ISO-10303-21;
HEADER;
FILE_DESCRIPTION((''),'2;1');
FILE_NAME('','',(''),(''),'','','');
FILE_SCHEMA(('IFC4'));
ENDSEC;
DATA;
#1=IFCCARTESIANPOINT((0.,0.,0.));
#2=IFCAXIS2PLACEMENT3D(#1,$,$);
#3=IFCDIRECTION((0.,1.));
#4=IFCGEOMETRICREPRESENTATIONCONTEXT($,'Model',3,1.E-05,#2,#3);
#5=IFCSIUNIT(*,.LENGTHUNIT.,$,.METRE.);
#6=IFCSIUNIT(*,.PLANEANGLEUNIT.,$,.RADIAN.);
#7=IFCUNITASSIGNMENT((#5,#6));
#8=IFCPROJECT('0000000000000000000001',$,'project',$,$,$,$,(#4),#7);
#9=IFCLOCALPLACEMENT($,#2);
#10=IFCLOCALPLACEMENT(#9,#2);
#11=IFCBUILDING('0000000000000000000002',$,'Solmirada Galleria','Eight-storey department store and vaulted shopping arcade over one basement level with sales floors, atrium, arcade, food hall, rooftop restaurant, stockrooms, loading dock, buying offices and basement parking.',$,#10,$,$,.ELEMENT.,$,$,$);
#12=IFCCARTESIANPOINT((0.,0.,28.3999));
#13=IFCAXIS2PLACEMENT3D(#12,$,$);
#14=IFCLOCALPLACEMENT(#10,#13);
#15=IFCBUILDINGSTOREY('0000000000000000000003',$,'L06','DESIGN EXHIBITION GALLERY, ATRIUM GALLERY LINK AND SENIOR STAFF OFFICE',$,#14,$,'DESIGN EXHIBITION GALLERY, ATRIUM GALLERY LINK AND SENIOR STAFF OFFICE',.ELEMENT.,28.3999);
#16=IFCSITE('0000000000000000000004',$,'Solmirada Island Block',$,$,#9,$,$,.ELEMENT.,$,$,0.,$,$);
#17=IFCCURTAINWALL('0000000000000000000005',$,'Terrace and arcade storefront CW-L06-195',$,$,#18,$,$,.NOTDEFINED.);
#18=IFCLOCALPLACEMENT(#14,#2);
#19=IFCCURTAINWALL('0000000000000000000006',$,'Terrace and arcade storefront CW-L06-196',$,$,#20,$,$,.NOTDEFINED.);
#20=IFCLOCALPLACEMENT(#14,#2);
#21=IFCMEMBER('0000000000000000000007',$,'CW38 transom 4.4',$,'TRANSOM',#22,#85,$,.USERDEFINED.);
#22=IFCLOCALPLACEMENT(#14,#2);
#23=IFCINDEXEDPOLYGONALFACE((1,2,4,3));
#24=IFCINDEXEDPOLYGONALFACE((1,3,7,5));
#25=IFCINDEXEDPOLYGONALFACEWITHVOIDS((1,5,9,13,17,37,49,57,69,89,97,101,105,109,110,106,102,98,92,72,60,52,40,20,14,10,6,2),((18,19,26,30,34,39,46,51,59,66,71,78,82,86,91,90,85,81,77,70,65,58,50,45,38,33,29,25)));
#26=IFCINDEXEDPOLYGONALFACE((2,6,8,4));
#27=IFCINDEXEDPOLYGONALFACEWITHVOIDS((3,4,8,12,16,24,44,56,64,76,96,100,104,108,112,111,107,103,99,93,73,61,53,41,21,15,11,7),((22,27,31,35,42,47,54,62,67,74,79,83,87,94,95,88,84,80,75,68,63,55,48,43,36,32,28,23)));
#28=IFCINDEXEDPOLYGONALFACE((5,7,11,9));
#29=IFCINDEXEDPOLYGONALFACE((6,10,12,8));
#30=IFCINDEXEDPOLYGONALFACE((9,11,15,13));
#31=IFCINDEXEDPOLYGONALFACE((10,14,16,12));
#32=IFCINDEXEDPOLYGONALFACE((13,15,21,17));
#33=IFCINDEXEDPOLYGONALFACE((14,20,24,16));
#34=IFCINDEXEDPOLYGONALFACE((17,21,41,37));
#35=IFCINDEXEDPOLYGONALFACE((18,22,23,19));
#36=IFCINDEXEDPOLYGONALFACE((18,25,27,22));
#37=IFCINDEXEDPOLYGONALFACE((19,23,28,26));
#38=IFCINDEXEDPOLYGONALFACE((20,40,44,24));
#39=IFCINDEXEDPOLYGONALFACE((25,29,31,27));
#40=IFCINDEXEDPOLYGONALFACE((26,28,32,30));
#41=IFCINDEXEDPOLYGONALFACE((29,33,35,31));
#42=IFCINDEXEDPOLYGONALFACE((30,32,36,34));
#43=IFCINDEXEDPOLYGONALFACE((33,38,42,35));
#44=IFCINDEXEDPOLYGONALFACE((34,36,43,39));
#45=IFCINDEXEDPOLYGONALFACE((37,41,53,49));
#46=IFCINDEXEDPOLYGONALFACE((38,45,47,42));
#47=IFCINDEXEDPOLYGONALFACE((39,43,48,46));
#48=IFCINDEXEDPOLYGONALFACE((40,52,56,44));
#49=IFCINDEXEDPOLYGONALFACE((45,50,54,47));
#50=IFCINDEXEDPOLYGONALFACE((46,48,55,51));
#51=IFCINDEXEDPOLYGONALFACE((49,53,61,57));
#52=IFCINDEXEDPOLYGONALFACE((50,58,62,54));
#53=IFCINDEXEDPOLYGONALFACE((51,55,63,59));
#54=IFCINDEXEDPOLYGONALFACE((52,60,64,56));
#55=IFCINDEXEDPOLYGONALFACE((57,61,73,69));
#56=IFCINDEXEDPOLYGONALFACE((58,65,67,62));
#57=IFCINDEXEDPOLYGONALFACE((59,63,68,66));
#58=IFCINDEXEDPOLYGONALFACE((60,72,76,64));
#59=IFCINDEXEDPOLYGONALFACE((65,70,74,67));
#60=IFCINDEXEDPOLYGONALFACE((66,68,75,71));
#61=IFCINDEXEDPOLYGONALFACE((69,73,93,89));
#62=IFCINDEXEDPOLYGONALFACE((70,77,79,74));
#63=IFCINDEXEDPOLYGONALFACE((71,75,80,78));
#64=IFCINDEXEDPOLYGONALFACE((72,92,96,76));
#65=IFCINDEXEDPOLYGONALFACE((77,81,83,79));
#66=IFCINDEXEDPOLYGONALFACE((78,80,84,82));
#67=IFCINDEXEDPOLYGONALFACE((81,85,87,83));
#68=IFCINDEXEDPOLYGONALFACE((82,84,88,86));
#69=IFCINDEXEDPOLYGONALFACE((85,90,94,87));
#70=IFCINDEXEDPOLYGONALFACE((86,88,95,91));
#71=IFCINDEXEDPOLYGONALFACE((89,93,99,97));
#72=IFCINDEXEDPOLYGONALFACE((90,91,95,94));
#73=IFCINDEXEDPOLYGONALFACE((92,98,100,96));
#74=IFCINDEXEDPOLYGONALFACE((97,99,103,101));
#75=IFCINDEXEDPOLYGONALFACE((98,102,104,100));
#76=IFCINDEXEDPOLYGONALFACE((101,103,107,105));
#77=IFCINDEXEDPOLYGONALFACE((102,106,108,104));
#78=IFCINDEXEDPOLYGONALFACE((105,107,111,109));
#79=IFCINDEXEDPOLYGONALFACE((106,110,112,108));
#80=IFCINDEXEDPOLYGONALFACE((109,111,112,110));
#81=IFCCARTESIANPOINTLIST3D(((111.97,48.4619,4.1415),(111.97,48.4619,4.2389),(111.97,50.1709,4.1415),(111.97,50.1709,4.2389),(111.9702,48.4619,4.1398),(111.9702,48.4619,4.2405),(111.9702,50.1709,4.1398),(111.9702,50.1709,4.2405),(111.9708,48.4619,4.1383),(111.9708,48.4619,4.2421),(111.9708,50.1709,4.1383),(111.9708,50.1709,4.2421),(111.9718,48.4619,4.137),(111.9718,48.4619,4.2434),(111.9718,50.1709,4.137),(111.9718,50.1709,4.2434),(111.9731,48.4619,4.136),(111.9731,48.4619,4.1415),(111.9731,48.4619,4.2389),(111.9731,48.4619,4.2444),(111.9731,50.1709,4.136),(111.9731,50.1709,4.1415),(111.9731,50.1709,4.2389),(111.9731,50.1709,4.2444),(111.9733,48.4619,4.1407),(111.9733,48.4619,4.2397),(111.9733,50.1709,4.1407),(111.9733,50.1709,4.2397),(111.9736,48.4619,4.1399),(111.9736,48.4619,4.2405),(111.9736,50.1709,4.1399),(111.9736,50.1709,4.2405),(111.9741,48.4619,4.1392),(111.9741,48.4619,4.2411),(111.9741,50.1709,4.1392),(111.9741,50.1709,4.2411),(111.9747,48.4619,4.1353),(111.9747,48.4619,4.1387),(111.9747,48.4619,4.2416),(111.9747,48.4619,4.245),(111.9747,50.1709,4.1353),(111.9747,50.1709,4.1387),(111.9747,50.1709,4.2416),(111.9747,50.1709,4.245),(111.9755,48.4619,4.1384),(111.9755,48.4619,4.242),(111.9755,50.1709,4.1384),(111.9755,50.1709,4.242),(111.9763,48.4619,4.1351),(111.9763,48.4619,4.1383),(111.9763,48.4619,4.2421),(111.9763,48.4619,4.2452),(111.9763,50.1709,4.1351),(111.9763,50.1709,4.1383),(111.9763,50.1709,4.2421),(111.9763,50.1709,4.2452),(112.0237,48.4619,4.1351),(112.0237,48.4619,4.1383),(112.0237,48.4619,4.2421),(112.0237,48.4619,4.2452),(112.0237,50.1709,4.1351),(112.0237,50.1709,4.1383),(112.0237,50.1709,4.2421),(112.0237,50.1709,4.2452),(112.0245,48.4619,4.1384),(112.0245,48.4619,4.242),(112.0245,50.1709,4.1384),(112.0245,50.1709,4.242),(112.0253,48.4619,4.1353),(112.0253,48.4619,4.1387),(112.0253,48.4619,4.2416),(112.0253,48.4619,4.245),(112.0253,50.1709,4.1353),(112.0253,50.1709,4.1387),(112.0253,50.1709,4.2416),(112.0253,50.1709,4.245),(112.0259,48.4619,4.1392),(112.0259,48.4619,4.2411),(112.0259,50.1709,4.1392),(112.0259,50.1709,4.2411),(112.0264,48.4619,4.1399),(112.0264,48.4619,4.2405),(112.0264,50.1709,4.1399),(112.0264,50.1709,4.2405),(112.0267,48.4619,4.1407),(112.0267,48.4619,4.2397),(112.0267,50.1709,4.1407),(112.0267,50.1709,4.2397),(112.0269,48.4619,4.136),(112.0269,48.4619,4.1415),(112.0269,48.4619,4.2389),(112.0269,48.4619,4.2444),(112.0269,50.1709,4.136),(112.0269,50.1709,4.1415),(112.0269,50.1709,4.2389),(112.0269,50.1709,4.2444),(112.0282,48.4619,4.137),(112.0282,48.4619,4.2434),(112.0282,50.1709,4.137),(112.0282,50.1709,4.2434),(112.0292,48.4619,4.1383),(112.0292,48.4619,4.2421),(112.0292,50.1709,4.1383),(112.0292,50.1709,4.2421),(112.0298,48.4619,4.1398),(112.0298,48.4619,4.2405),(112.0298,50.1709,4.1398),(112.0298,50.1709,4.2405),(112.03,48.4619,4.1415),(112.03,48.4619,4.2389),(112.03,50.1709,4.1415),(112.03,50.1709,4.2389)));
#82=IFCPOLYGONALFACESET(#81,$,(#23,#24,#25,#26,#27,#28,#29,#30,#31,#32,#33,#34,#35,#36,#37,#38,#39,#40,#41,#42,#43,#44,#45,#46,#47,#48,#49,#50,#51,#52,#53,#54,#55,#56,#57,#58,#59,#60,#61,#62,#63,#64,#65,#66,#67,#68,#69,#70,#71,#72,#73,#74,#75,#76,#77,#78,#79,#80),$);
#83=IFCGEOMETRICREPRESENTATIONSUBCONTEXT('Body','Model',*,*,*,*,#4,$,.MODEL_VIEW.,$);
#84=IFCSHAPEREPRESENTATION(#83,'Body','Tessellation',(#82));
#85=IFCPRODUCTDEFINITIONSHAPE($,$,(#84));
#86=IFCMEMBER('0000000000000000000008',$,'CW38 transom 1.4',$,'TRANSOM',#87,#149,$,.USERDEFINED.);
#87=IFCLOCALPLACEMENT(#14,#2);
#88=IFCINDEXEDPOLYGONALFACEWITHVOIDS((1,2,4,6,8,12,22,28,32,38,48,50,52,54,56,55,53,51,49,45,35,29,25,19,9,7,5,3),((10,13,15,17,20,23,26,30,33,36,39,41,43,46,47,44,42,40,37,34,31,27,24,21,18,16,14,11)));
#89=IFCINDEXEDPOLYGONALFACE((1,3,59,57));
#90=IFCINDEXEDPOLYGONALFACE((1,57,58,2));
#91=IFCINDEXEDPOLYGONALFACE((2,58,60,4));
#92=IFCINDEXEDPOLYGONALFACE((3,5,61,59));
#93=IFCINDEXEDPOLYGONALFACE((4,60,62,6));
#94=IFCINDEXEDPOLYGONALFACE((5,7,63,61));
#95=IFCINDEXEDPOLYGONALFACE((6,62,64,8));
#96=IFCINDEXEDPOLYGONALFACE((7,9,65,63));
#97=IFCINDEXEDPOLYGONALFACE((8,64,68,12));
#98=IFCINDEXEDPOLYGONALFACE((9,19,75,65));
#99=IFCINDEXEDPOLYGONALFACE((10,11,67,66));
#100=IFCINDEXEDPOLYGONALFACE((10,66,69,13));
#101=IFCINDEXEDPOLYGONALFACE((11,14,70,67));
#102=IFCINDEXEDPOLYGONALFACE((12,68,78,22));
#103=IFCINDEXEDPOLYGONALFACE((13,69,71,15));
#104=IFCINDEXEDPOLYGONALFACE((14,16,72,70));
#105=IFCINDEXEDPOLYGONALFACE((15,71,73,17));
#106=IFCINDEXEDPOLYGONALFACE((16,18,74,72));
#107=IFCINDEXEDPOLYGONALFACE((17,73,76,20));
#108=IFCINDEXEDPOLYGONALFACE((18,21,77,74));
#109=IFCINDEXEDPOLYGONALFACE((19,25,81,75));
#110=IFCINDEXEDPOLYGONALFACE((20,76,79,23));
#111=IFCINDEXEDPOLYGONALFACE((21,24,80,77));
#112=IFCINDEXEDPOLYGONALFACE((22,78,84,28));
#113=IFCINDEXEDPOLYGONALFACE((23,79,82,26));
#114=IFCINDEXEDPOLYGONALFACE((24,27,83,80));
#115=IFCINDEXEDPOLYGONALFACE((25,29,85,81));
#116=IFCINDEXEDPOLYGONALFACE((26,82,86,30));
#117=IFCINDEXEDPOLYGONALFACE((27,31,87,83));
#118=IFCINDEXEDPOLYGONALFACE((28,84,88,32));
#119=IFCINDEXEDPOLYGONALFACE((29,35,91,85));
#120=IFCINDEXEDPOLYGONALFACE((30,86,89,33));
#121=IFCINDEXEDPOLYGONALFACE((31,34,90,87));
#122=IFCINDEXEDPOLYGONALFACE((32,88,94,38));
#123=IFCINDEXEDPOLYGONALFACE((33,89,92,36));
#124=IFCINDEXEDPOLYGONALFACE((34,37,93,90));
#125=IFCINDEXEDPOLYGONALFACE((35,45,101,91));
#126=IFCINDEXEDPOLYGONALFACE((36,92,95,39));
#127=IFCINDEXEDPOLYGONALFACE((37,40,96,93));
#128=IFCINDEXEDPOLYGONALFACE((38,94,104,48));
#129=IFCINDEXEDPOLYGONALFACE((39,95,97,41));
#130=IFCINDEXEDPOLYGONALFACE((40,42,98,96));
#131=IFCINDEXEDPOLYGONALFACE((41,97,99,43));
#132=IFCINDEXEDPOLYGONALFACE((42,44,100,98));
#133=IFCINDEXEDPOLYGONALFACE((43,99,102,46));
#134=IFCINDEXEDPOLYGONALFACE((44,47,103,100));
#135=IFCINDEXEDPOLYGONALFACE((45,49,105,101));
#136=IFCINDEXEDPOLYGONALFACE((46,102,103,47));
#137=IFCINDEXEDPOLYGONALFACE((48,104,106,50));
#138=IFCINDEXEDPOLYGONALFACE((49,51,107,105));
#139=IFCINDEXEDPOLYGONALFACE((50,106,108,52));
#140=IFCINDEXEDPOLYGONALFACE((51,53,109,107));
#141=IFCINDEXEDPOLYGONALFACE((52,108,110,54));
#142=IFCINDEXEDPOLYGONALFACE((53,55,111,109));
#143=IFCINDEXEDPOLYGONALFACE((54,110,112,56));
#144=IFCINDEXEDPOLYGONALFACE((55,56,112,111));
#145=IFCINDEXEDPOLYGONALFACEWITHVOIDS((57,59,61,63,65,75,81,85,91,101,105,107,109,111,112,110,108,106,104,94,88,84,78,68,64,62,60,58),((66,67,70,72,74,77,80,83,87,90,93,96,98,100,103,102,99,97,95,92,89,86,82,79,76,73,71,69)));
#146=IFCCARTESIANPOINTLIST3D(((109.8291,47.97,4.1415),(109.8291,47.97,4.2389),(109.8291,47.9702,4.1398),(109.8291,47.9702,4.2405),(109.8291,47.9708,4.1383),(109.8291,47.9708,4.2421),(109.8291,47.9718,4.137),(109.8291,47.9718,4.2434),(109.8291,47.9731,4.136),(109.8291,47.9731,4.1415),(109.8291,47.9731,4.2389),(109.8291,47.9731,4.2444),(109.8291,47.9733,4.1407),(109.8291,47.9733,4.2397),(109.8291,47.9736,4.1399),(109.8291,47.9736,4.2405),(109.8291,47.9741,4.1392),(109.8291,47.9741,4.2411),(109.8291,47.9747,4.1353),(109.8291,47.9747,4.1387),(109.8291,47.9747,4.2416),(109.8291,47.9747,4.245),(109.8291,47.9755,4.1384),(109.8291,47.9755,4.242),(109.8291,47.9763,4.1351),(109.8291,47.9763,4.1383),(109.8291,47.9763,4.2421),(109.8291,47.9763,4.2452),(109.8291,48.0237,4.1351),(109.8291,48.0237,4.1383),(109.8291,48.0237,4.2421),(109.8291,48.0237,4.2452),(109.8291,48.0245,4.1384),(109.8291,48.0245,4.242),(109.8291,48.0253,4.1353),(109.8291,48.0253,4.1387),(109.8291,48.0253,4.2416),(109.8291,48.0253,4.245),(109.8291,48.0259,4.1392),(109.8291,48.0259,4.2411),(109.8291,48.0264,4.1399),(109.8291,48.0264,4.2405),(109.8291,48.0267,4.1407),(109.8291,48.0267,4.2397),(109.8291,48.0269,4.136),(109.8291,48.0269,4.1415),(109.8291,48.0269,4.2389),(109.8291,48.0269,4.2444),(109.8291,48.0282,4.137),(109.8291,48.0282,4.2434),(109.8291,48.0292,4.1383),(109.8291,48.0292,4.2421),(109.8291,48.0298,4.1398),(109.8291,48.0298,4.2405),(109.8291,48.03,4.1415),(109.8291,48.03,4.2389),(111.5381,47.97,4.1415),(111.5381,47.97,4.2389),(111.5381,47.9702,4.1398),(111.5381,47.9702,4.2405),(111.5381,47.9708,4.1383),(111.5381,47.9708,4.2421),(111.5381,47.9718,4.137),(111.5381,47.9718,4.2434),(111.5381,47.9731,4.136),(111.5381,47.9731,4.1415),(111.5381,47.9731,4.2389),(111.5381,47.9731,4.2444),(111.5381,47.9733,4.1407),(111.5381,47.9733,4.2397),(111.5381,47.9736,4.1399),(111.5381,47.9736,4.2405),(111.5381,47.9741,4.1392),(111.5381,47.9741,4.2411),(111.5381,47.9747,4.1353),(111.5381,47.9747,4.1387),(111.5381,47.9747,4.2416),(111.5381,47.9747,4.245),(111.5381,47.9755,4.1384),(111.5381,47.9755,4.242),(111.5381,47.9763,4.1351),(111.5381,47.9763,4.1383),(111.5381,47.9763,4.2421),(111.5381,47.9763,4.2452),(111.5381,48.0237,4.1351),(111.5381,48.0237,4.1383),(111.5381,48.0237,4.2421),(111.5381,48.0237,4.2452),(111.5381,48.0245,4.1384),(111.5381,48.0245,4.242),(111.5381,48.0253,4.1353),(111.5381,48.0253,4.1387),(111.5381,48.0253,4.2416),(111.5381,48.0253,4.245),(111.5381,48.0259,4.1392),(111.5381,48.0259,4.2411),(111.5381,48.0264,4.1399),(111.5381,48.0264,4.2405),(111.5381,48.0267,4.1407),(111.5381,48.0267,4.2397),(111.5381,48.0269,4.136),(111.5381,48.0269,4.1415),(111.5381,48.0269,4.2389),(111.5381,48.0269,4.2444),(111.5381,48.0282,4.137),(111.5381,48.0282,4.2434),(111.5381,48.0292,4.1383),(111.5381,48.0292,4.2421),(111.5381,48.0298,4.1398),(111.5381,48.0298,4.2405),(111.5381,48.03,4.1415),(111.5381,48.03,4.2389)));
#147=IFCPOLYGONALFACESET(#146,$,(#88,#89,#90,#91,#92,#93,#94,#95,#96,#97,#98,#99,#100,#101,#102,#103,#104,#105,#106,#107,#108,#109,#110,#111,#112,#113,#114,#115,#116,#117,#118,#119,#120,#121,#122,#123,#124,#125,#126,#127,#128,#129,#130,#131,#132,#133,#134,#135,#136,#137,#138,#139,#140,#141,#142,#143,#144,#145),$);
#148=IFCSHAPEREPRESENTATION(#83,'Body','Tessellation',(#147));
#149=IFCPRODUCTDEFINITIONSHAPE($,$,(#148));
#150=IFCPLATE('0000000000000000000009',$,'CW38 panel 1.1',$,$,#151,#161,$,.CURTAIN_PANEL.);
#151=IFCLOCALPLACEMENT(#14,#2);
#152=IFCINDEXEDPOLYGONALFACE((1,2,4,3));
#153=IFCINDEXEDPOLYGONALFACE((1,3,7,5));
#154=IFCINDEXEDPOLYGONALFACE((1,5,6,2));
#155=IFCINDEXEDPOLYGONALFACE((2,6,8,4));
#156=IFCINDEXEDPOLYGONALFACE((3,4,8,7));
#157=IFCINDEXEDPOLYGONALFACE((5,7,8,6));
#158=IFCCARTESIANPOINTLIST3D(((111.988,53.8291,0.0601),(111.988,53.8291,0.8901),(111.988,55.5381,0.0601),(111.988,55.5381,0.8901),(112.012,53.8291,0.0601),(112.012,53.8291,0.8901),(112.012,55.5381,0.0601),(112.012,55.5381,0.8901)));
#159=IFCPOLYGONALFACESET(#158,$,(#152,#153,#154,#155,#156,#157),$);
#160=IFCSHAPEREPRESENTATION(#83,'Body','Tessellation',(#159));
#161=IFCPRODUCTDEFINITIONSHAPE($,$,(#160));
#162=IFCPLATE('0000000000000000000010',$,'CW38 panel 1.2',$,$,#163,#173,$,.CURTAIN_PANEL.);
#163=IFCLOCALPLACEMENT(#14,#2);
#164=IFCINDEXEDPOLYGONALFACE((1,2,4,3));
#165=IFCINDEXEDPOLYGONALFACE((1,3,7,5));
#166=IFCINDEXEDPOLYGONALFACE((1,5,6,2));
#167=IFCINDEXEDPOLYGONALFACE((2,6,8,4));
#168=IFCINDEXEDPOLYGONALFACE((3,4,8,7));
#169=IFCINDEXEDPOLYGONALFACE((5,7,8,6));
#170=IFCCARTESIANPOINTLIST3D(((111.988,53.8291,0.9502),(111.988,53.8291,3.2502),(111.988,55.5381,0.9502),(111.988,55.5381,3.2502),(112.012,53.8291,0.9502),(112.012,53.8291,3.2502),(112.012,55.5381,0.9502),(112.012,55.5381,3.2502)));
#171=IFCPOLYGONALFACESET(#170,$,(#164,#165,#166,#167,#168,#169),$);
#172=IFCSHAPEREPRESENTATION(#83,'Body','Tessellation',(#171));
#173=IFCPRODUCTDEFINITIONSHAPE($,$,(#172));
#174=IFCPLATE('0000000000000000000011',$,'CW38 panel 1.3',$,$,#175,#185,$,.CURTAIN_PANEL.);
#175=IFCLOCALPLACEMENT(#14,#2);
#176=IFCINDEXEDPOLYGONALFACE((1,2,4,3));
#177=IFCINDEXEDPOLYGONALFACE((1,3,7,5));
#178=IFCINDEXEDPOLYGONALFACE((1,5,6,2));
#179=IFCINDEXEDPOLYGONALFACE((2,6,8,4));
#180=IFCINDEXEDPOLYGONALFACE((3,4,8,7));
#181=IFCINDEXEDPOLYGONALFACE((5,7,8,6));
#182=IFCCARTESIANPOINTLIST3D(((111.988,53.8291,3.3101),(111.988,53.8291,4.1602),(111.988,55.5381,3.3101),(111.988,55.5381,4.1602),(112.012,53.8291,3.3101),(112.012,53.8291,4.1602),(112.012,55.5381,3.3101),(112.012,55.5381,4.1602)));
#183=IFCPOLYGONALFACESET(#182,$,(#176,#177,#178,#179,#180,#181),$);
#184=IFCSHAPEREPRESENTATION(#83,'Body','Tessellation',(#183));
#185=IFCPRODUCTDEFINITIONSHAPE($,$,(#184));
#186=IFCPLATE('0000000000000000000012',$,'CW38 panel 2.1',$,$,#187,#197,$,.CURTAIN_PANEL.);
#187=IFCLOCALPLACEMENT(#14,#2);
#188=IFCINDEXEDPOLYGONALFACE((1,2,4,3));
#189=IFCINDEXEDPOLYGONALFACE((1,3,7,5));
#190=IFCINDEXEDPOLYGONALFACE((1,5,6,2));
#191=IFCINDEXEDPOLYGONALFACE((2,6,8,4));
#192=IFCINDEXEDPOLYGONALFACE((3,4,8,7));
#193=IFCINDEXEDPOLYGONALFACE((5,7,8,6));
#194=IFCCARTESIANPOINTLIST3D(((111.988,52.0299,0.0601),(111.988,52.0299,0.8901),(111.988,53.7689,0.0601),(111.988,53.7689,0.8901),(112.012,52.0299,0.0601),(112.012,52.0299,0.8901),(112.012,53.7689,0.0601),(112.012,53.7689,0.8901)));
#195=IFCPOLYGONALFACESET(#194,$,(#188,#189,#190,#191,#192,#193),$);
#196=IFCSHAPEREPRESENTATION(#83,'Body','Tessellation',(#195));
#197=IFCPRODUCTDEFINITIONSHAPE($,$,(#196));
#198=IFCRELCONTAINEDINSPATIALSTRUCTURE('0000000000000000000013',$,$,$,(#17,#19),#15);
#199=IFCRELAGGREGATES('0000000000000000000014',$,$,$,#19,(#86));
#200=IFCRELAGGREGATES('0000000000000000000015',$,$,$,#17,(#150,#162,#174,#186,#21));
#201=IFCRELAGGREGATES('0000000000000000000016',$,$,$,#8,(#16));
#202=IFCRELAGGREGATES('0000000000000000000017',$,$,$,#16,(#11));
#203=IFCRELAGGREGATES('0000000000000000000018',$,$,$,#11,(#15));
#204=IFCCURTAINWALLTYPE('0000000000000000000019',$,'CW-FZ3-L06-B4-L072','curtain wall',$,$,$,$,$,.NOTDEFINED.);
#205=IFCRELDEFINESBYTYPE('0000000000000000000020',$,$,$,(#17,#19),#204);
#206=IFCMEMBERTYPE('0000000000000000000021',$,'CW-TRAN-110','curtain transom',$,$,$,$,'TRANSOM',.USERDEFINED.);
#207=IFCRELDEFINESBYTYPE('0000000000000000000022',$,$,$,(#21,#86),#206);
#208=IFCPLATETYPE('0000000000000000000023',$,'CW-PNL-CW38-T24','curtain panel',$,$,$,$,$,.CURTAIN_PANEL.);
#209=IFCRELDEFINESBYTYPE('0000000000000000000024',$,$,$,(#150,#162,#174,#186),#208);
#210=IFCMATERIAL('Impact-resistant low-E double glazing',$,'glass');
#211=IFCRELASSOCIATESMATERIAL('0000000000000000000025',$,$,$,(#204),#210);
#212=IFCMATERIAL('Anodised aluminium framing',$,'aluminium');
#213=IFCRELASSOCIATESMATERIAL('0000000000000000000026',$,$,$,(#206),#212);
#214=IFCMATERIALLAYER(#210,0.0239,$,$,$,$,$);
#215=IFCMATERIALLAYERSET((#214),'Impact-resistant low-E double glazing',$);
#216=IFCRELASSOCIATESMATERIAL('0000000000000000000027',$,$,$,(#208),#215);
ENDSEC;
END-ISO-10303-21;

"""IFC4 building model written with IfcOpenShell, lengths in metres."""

from ifc_helpers import new_model, si_unit, direction, frame, origin, origin_2d, place, context, subcontext, project, spatial, rectangle, hollow_rectangle, extrude, material, layer, layer_set, material_profile, profile_set, type_object, element, aggregate, save


model = new_model("IFC4")

# Units and contexts
model_context = context("Model", 3, precision=1e-05, world=origin(), true_north=direction((0.0, 1.0)))
body_context = subcontext(model_context, "Body", "Model", "MODEL_VIEW")
ifc_project = project(units=[si_unit("LENGTHUNIT", "METRE"), si_unit("PLANEANGLEUNIT", "RADIAN")], contexts=[model_context])

# Site, building, storey
site_placement = place(None, origin())
site = spatial("IfcSite", under=ifc_project, at=site_placement, Name="Solmirada Island Block", CompositionType="ELEMENT", RefElevation=0.0)
building_placement = place(site_placement, origin())
building = spatial("IfcBuilding", under=site, at=building_placement, Name="Solmirada Galleria", Description="Eight-storey department store and vaulted shopping arcade over one basement level with sales floors, atrium, arcade, food hall, rooftop restaurant, stockrooms, loading dock, buying offices and basement parking.", CompositionType="ELEMENT")
storey_placement = place(building_placement, frame((0.0, 0.0, 28.3999)))
storey = spatial("IfcBuildingStorey", under=building, at=storey_placement, Name="L06", Description="DESIGN EXHIBITION GALLERY, ATRIUM GALLERY LINK AND SENIOR STAFF OFFICE", LongName="DESIGN EXHIBITION GALLERY, ATRIUM GALLERY LINK AND SENIOR STAFF OFFICE", CompositionType="ELEMENT", Elevation=28.3999)

# Curtain wall
ifc_material_1 = material(Name="Impact-resistant low-E double glazing", Category="glass")
curtain_wall_type = type_object("IfcCurtainWallType", Name="CW-FZ3-L06-B4-L072", Description="curtain wall", PredefinedType="NOTDEFINED", material=ifc_material_1)
curtain_wall_1_placement = place(storey_placement, origin())
curtain_wall_1 = element("IfcCurtainWall", 1, at=curtain_wall_1_placement, inside=storey, type_object=curtain_wall_type, Name="Terrace and arcade storefront CW-L06-195", PredefinedType="NOTDEFINED")
ifc_material_2 = material(Name="Anodised aluminium framing", Category="aluminium")

# Curtain wall
curtain_wall_2_placement = place(storey_placement, origin())
curtain_wall_2 = element("IfcCurtainWall", 2, at=curtain_wall_2_placement, inside=storey, type_object=curtain_wall_type, Name="Terrace and arcade storefront CW-L06-196", PredefinedType="NOTDEFINED")

# Members
ifc_material_profile_1 = material_profile(ifc_material_2, hollow_rectangle(XDim=0.0601, YDim=0.1101, WallThickness=0.0032, InnerFilletRadius=0.0032, OuterFilletRadius=0.0063, at=origin_2d()), Name="ALU-TRAN-110X60")
ifc_profile_set_1 = profile_set([ifc_material_profile_1], Name="Anodised aluminium framing")
member_type_1 = type_object("IfcMemberType", Name="CW-TRAN-110", Description="curtain transom", ElementType="TRANSOM", PredefinedType="USERDEFINED", material=ifc_profile_set_1)
member_1_placement = place(storey_placement, frame((112.0, 50.1709, 4.1902), z_axis=(0.0, -1.0, 0.0), x_axis=(1.0, 0.0, 0.0)))
member_1 = element("IfcMember", 3, at=member_1_placement, type_object=member_type_1, Name="CW38 transom 4.4", ObjectType="TRANSOM", PredefinedType="USERDEFINED", context=body_context, shape_type="SweptSolid", body=[
    extrude(hollow_rectangle(XDim=0.0601, YDim=0.1101, WallThickness=0.0032, InnerFilletRadius=0.0032, OuterFilletRadius=0.0063, at=origin_2d()), origin(), (0.0, 0.0, 1.0), 1.709),
])
member_2_placement = place(storey_placement, frame((111.5381, 48.0, 4.1902), z_axis=(-1.0, 0.0, 0.0), x_axis=(0.0, -1.0, 0.0)))
member_2 = element("IfcMember", 4, at=member_2_placement, type_object=member_type_1, Name="CW38 transom 1.4", ObjectType="TRANSOM", PredefinedType="USERDEFINED", context=body_context, shape_type="SweptSolid", body=[
    extrude(hollow_rectangle(XDim=0.0601, YDim=0.1101, WallThickness=0.0032, InnerFilletRadius=0.0032, OuterFilletRadius=0.0063, at=origin_2d()), origin(), (0.0, 0.0, 1.0), 1.709),
])
aggregate(curtain_wall_2, [member_2])

# Plates
ifc_layer = layer(ifc_material_1, 0.0239)
ifc_layer_set = layer_set([ifc_layer], Name="Impact-resistant low-E double glazing")
plate_type = type_object("IfcPlateType", Name="CW-PNL-CW38-T24", Description="curtain panel", PredefinedType="CURTAIN_PANEL", material=ifc_layer_set)
plate_1_placement = place(storey_placement, frame((112.0, 54.6836, 0.0601), z_axis=(0.0, 0.0, 1.0), x_axis=(0.0, -1.0, 0.0)))
plate_1 = element("IfcPlate", 5, at=plate_1_placement, type_object=plate_type, Name="CW38 panel 1.1", PredefinedType="CURTAIN_PANEL", context=body_context, shape_type="SweptSolid", body=[
    extrude(rectangle(XDim=1.709, YDim=0.0239, at=origin_2d()), origin(), (0.0, 0.0, 1.0), 0.8301),
])
plate_2_placement = place(storey_placement, frame((112.0, 54.6836, 0.9502), z_axis=(0.0, 0.0, 1.0), x_axis=(0.0, -1.0, 0.0)))
plate_2 = element("IfcPlate", 6, at=plate_2_placement, type_object=plate_type, Name="CW38 panel 1.2", PredefinedType="CURTAIN_PANEL", context=body_context, shape_type="SweptSolid", body=[
    extrude(rectangle(XDim=1.709, YDim=0.0239, at=origin_2d()), origin(), (0.0, 0.0, 1.0), 2.3),
])
plate_3_placement = place(storey_placement, frame((112.0, 54.6836, 3.3101), z_axis=(0.0, 0.0, 1.0), x_axis=(0.0, -1.0, 0.0)))
plate_3 = element("IfcPlate", 7, at=plate_3_placement, type_object=plate_type, Name="CW38 panel 1.3", PredefinedType="CURTAIN_PANEL", context=body_context, shape_type="SweptSolid", body=[
    extrude(rectangle(XDim=1.709, YDim=0.0239, at=origin_2d()), origin(), (0.0, 0.0, 1.0), 0.8501),
])
plate_4_placement = place(storey_placement, frame((112.0, 52.8994, 0.0601), z_axis=(0.0, 0.0, 1.0), x_axis=(0.0, -1.0, 0.0)))
plate_4 = element("IfcPlate", 8, at=plate_4_placement, type_object=plate_type, Name="CW38 panel 2.1", PredefinedType="CURTAIN_PANEL", context=body_context, shape_type="SweptSolid", body=[
    extrude(rectangle(XDim=1.739, YDim=0.0239, at=origin_2d()), origin(), (0.0, 0.0, 1.0), 0.8301),
])
aggregate(curtain_wall_1, [plate_1, plate_2, plate_3, plate_4, member_1])

save(model, "model.ifc")
